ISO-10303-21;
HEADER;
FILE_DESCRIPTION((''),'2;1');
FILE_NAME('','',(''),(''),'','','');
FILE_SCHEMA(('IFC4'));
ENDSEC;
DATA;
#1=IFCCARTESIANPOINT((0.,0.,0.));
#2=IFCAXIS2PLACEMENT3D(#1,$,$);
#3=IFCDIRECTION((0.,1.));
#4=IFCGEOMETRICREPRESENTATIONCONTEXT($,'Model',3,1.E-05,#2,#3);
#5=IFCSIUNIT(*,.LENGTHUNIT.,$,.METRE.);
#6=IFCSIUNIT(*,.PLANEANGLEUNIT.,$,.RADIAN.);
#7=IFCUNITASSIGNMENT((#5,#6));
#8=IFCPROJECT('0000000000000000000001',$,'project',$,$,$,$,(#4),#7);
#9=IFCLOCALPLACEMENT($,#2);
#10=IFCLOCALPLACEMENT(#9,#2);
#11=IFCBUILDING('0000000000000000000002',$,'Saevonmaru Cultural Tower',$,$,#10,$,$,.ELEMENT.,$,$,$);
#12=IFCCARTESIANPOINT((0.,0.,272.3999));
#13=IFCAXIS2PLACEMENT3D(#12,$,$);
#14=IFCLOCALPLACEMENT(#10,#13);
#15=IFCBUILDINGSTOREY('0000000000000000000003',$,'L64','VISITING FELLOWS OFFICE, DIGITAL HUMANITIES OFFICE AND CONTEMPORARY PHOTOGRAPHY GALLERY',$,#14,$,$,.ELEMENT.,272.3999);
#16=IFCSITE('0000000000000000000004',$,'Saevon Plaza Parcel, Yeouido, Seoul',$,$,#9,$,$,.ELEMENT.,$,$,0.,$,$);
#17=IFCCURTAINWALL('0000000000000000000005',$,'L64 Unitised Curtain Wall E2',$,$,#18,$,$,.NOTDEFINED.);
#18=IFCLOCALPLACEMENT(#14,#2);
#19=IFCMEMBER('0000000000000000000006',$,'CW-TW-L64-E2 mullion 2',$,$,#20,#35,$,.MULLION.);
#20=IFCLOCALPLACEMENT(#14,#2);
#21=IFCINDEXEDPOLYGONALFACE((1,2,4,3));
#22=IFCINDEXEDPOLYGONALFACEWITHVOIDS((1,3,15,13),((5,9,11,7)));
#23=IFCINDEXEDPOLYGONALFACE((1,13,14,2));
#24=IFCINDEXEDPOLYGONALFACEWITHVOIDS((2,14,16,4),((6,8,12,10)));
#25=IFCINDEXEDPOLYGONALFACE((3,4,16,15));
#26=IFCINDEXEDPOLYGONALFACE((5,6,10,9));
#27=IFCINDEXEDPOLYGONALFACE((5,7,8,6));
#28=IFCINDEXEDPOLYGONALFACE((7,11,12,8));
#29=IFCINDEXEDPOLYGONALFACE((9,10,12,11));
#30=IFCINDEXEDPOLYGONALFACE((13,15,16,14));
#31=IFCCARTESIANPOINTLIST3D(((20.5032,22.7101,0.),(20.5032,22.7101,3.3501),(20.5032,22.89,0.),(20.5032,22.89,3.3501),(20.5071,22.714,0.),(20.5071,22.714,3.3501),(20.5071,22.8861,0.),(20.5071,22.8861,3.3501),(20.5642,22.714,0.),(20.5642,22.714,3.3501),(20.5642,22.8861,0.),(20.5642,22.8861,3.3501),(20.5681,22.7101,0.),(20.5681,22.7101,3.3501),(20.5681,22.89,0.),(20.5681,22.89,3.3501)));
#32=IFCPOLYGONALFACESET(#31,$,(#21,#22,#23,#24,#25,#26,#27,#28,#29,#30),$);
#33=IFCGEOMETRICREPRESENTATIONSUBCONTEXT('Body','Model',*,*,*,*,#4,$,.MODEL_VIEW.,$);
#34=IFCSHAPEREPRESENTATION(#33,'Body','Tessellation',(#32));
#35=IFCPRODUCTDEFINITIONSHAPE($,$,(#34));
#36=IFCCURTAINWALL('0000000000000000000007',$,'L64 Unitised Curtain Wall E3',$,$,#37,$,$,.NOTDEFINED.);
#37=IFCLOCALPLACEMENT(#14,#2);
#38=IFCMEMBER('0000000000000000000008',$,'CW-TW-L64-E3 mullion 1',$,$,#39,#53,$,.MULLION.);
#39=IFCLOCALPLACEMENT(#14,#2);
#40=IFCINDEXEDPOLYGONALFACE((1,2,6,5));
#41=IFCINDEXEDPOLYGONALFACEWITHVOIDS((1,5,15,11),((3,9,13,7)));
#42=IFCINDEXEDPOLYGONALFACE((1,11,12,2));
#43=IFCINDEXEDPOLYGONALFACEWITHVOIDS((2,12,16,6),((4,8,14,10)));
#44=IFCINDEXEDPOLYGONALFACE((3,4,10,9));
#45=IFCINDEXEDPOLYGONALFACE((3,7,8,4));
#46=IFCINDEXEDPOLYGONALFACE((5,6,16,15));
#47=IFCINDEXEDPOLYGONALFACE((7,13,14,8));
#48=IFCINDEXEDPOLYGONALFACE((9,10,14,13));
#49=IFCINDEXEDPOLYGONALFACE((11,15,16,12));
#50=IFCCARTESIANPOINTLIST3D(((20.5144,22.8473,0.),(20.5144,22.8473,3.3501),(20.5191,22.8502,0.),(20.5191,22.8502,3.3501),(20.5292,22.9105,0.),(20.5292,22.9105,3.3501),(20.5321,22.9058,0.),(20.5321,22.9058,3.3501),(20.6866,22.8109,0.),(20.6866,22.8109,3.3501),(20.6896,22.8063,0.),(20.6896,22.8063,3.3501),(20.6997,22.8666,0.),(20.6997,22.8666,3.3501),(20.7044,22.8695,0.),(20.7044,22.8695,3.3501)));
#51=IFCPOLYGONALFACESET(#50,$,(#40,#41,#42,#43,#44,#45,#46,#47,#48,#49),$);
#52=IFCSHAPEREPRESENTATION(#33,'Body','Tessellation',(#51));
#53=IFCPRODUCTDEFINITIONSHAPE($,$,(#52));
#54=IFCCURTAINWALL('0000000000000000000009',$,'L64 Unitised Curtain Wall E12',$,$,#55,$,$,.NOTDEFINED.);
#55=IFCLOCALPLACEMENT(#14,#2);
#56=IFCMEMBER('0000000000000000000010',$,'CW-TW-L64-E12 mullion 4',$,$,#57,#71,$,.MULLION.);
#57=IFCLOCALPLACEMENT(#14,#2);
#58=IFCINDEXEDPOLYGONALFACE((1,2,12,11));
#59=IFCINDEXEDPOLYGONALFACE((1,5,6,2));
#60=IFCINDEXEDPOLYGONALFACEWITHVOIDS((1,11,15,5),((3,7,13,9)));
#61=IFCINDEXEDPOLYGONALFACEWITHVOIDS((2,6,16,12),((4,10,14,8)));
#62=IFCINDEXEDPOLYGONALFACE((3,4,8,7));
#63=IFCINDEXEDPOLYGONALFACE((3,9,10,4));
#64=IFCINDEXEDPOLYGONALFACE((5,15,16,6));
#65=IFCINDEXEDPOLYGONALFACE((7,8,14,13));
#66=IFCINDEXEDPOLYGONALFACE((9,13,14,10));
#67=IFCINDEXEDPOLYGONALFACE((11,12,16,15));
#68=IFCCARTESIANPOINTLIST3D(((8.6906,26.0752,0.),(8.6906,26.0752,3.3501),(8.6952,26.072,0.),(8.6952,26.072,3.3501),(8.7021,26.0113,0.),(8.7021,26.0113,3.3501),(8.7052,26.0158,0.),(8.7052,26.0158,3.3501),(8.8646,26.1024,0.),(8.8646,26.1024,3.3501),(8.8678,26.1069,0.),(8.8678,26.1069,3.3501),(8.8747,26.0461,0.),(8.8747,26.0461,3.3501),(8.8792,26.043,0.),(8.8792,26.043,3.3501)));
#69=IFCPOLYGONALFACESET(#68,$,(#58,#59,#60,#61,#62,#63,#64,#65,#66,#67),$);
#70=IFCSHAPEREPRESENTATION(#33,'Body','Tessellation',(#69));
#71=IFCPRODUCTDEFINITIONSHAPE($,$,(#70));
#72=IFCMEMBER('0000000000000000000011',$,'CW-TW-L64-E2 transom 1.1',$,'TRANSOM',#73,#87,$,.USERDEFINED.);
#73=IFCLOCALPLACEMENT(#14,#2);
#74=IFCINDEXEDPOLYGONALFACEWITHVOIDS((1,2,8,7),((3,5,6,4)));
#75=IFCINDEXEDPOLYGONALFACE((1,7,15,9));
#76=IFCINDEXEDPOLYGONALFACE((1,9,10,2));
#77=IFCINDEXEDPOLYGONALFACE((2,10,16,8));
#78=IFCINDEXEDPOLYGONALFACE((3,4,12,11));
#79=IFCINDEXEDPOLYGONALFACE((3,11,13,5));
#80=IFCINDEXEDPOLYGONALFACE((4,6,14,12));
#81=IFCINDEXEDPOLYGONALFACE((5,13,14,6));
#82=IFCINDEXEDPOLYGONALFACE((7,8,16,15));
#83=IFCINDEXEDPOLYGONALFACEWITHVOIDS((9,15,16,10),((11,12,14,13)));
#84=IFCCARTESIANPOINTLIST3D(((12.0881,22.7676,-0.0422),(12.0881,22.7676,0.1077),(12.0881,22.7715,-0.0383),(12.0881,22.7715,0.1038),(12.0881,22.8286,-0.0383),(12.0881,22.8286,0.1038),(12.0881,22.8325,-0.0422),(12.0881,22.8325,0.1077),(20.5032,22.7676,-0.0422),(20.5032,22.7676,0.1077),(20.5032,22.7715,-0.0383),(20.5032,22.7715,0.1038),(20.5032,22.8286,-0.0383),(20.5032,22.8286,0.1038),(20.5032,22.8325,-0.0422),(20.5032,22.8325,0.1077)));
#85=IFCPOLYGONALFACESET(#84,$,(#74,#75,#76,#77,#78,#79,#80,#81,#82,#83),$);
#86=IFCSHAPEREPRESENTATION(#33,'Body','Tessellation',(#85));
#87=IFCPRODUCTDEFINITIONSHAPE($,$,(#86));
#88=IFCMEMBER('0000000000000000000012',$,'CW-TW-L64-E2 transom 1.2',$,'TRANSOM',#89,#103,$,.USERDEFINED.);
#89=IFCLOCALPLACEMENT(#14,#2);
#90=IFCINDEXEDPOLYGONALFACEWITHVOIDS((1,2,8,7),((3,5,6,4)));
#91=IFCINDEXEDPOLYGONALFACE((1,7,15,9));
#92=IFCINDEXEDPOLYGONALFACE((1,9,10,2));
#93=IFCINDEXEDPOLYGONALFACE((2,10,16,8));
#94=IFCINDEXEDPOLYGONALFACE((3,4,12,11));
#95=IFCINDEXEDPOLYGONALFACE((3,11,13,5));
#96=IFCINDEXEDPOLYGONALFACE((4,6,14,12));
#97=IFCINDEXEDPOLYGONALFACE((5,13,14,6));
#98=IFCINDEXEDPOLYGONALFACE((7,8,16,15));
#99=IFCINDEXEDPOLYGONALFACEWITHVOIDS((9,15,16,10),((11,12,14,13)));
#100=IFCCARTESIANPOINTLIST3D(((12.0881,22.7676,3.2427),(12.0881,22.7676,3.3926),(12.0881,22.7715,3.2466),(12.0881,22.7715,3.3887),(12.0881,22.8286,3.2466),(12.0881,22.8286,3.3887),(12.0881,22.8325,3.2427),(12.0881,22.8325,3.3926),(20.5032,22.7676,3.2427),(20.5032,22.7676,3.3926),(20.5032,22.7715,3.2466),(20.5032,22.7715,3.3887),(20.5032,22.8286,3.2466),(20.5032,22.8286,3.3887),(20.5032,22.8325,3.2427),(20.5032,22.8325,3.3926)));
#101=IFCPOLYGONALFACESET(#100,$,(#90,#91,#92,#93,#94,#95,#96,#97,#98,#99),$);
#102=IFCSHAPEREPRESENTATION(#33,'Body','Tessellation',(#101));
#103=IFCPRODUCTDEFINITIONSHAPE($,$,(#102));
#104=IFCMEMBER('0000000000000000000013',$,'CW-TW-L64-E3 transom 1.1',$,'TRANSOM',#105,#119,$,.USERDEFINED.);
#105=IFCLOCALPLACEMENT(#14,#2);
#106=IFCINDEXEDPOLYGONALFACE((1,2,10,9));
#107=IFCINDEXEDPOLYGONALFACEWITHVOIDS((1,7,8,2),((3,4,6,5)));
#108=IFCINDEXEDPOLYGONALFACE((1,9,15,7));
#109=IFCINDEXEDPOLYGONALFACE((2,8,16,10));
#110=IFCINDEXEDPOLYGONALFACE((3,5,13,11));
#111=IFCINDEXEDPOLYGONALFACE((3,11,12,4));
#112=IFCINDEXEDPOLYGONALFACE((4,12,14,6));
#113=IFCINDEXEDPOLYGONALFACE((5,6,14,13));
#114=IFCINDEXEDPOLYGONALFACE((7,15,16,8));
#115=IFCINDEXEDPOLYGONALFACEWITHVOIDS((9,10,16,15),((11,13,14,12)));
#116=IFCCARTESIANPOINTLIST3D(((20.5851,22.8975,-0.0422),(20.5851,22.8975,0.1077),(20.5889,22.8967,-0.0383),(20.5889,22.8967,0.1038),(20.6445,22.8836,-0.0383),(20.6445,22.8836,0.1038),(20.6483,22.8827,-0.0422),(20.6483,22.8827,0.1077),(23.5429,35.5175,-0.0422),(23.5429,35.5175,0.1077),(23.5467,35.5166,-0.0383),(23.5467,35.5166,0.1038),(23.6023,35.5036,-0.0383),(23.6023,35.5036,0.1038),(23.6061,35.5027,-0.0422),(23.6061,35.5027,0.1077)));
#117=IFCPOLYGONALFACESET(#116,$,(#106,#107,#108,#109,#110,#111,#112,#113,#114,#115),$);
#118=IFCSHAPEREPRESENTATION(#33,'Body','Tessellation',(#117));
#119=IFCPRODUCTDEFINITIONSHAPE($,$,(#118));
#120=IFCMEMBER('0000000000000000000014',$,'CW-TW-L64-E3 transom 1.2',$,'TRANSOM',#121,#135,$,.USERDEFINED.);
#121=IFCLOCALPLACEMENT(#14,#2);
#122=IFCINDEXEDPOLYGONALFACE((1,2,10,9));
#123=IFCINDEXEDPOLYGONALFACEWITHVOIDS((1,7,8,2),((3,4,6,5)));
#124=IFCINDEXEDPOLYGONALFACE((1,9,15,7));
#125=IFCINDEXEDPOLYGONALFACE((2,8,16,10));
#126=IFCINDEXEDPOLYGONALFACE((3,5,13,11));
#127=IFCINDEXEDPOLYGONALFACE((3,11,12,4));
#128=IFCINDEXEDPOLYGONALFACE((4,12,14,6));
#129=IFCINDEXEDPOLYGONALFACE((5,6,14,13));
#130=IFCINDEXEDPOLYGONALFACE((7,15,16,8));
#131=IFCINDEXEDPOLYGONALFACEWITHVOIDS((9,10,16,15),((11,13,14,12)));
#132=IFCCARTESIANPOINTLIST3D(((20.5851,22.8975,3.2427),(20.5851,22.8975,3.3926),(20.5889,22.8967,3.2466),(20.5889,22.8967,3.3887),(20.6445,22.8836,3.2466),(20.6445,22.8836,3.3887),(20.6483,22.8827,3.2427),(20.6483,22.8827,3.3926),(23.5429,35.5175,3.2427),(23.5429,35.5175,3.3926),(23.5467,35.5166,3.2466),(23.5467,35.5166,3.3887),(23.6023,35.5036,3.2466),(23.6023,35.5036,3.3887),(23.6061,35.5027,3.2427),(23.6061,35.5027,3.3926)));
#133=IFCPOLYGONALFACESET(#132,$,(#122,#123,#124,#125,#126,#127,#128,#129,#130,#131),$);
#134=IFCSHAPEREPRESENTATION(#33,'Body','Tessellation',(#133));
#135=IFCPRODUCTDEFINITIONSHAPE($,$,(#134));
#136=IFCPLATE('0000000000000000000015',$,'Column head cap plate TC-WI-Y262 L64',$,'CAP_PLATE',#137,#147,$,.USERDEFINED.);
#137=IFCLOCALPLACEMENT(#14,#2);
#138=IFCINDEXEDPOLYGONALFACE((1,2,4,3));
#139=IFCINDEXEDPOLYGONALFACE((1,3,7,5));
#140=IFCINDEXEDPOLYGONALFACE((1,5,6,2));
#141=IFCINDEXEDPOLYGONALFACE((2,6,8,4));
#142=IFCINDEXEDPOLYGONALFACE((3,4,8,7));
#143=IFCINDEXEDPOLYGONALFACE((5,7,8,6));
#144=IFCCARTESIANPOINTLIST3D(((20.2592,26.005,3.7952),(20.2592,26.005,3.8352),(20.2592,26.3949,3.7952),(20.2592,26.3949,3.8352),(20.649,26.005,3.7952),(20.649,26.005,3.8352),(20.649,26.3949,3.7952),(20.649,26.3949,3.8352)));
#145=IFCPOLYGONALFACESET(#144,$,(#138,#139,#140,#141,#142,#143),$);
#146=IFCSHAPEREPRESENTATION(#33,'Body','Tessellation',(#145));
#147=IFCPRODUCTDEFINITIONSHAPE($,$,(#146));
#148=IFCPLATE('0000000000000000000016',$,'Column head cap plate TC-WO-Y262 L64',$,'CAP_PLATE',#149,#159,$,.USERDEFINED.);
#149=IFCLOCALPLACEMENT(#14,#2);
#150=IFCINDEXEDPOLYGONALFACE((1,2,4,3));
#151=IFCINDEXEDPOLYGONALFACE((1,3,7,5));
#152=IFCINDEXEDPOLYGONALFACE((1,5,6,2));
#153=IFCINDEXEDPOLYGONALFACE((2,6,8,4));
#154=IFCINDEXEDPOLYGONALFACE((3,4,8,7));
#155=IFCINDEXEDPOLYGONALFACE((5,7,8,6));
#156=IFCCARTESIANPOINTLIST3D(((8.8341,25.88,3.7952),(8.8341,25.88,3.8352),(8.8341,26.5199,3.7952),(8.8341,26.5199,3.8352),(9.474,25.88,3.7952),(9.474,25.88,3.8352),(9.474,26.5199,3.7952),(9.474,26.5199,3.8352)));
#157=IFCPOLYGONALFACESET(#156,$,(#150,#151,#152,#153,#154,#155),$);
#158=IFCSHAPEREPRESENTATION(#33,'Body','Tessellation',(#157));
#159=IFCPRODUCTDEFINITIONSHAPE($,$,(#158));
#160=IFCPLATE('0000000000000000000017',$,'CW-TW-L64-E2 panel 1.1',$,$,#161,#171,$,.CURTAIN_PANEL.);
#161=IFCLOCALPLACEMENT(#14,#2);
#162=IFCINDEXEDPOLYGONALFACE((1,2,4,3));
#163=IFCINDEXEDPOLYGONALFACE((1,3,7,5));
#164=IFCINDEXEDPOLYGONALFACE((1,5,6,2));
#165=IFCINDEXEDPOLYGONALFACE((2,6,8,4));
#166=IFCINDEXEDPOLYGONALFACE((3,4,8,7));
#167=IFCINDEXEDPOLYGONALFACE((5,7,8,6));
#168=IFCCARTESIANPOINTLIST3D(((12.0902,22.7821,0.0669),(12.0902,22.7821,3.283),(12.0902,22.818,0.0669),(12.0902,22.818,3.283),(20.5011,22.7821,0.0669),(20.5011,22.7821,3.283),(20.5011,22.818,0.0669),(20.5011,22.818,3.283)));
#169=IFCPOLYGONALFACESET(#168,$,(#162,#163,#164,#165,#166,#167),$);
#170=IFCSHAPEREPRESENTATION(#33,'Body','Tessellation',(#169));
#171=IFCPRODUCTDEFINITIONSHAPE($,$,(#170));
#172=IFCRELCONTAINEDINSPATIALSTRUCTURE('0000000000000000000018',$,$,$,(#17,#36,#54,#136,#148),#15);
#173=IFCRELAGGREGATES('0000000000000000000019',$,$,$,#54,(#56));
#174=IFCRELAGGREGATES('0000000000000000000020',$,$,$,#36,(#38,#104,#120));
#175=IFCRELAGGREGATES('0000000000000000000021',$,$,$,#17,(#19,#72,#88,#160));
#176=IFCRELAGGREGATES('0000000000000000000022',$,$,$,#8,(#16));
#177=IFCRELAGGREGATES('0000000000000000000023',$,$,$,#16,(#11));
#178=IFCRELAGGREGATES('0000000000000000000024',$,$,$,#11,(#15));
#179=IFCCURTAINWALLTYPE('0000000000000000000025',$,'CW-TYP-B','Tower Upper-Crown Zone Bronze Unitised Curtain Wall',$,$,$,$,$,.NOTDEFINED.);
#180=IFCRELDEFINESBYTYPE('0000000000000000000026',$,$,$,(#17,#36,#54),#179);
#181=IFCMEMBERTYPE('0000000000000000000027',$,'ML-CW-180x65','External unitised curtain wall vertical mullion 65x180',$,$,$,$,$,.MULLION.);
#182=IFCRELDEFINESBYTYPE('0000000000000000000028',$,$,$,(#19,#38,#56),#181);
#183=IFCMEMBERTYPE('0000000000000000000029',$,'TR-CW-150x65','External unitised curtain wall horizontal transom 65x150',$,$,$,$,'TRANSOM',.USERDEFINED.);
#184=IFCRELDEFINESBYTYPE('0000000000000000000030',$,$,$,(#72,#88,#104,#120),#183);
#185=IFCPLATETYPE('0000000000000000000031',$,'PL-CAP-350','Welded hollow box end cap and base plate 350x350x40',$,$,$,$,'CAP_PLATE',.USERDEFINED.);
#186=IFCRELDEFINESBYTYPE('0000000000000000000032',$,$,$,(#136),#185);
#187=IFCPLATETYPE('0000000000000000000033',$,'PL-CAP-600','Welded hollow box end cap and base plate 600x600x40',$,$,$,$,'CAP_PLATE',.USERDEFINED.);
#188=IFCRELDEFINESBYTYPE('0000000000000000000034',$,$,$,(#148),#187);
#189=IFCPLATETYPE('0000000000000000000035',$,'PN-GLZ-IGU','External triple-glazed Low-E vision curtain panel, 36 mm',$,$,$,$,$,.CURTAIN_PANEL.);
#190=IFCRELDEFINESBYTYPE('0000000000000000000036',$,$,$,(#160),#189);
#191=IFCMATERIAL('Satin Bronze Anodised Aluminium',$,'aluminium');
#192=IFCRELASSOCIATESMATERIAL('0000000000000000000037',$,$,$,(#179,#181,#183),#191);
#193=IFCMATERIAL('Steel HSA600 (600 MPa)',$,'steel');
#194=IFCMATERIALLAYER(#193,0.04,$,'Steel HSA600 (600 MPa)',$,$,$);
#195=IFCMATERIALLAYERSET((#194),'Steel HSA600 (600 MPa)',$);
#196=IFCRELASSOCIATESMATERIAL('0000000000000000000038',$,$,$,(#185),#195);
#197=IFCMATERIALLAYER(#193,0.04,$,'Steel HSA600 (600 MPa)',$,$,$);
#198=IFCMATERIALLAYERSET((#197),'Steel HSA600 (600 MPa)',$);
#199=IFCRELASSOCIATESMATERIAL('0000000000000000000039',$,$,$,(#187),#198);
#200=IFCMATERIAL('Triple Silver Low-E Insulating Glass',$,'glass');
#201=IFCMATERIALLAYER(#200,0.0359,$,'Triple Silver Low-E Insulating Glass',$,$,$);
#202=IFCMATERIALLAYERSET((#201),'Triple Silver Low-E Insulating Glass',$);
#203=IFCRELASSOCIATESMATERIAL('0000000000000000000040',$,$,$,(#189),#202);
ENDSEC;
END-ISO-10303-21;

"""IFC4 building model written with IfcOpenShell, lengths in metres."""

from ifc_helpers import new_model, si_unit, direction, frame, origin, origin_2d, place, context, subcontext, project, spatial, rectangle, hollow_rectangle, extrude, material, layer, layer_set, material_profile, profile_set, type_object, element, aggregate, save


model = new_model("IFC4")

# Units and contexts
model_context = context("Model", 3, precision=1e-05, world=origin(), true_north=direction((0.0, 1.0)))
body_context = subcontext(model_context, "Body", "Model", "MODEL_VIEW")
ifc_project = project(units=[si_unit("LENGTHUNIT", "METRE"), si_unit("PLANEANGLEUNIT", "RADIAN")], contexts=[model_context])

# Site, building, storey
site_placement = place(None, origin())
site = spatial("IfcSite", under=ifc_project, at=site_placement, Name="Saevon Plaza Parcel, Yeouido, Seoul", CompositionType="ELEMENT", RefElevation=0.0)
building_placement = place(site_placement, origin())
building = spatial("IfcBuilding", under=site, at=building_placement, Name="Saevonmaru Cultural Tower", CompositionType="ELEMENT")
storey_placement = place(building_placement, frame((0.0, 0.0, 272.3999)))
storey = spatial("IfcBuildingStorey", under=building, at=storey_placement, Name="L64", Description="VISITING FELLOWS OFFICE, DIGITAL HUMANITIES OFFICE AND CONTEMPORARY PHOTOGRAPHY GALLERY", CompositionType="ELEMENT", Elevation=272.3999)

# Shared definitions
ifc_material_1 = material(Name="Steel HSA600 (600 MPa)", Category="steel")

# Curtain wall, member
ifc_material_2 = material(Name="Satin Bronze Anodised Aluminium", Category="aluminium")
curtain_wall_type = type_object("IfcCurtainWallType", Name="CW-TYP-B", Description="Tower Upper-Crown Zone Bronze Unitised Curtain Wall", PredefinedType="NOTDEFINED", material=ifc_material_2)
curtain_wall_1_placement = place(storey_placement, origin())
curtain_wall_1 = element("IfcCurtainWall", 1, at=curtain_wall_1_placement, inside=storey, type_object=curtain_wall_type, Name="L64 Unitised Curtain Wall E2", PredefinedType="NOTDEFINED")
ifc_material_profile_1 = material_profile(ifc_material_2, hollow_rectangle(XDim=0.0649, YDim=0.1799, WallThickness=0.0039, at=origin_2d()), Name="ALU-MULL-180x65x4")
ifc_profile_set_1 = profile_set([ifc_material_profile_1], Name="Satin Bronze Anodised Aluminium")
member_type_1 = type_object("IfcMemberType", Name="ML-CW-180x65", Description="External unitised curtain wall vertical mullion 65x180", PredefinedType="MULLION", material=ifc_profile_set_1)
member_1_placement = place(storey_placement, frame((20.5356, 22.8, 0.0), z_axis=(0.0, 0.0, 1.0), x_axis=(1.0, 0.0, 0.0)))
member_1 = element("IfcMember", 2, at=member_1_placement, type_object=member_type_1, Name="CW-TW-L64-E2 mullion 2", PredefinedType="MULLION", context=body_context, shape_type="SweptSolid", body=[
    extrude(hollow_rectangle(XDim=0.0649, YDim=0.1799, WallThickness=0.0039, at=origin_2d()), origin(), (0.0, 0.0, 1.0), 3.3501),
])

# Curtain walls, members
curtain_wall_2_placement = place(storey_placement, origin())
curtain_wall_2 = element("IfcCurtainWall", 3, at=curtain_wall_2_placement, inside=storey, type_object=curtain_wall_type, Name="L64 Unitised Curtain Wall E3", PredefinedType="NOTDEFINED")
member_2_placement = place(storey_placement, frame((20.6094, 22.8584, 0.0), z_axis=(0.0, 0.0, 1.0), x_axis=(0.22819, 0.973617, 0.0)))
member_2 = element("IfcMember", 4, at=member_2_placement, type_object=member_type_1, Name="CW-TW-L64-E3 mullion 1", PredefinedType="MULLION", context=body_context, shape_type="SweptSolid", body=[
    extrude(hollow_rectangle(XDim=0.0649, YDim=0.1799, WallThickness=0.0039, at=origin_2d()), origin(), (0.0, 0.0, 1.0), 3.3501),
])
curtain_wall_3_placement = place(storey_placement, origin())
curtain_wall_3 = element("IfcCurtainWall", 5, at=curtain_wall_3_placement, inside=storey, type_object=curtain_wall_type, Name="L64 Unitised Curtain Wall E12", PredefinedType="NOTDEFINED")
member_3_placement = place(storey_placement, frame((8.7849, 26.0591, 0.0), z_axis=(0.0, 0.0, 1.0), x_axis=(0.176141, -0.984365, 0.0)))
member_3 = element("IfcMember", 6, at=member_3_placement, type_object=member_type_1, Name="CW-TW-L64-E12 mullion 4", PredefinedType="MULLION", context=body_context, shape_type="SweptSolid", body=[
    extrude(hollow_rectangle(XDim=0.0649, YDim=0.1799, WallThickness=0.0039, at=origin_2d()), origin(), (0.0, 0.0, 1.0), 3.3501),
])
aggregate(curtain_wall_3, [member_3])

# Members
ifc_material_profile_2 = material_profile(ifc_material_2, hollow_rectangle(XDim=0.0649, YDim=0.1499, WallThickness=0.0039, at=origin_2d()), Name="ALU-TRAN-150x65x4")
ifc_profile_set_2 = profile_set([ifc_material_profile_2], Name="Satin Bronze Anodised Aluminium")
member_type_2 = type_object("IfcMemberType", Name="TR-CW-150x65", Description="External unitised curtain wall horizontal transom 65x150", ElementType="TRANSOM", PredefinedType="USERDEFINED", material=ifc_profile_set_2)
member_4_placement = place(storey_placement, frame((12.0881, 22.8, 0.0327), z_axis=(1.0, 0.0, 0.0), x_axis=(0.0, 1.0, 0.0)))
member_4 = element("IfcMember", 7, at=member_4_placement, type_object=member_type_2, Name="CW-TW-L64-E2 transom 1.1", ObjectType="TRANSOM", PredefinedType="USERDEFINED", context=body_context, shape_type="SweptSolid", body=[
    extrude(hollow_rectangle(XDim=0.0649, YDim=0.1499, WallThickness=0.0039, at=origin_2d()), origin(), (0.0, 0.0, 1.0), 8.415),
])
member_5_placement = place(storey_placement, frame((12.0881, 22.8, 3.3176), z_axis=(1.0, 0.0, 0.0), x_axis=(0.0, 1.0, 0.0)))
member_5 = element("IfcMember", 8, at=member_5_placement, type_object=member_type_2, Name="CW-TW-L64-E2 transom 1.2", ObjectType="TRANSOM", PredefinedType="USERDEFINED", context=body_context, shape_type="SweptSolid", body=[
    extrude(hollow_rectangle(XDim=0.0649, YDim=0.1499, WallThickness=0.0039, at=origin_2d()), origin(), (0.0, 0.0, 1.0), 8.415),
])
member_6_placement = place(storey_placement, frame((20.6167, 22.8901, 0.0327), z_axis=(0.22819, 0.973617, 0.0), x_axis=(-0.973617, 0.22819, 0.0)))
member_6 = element("IfcMember", 9, at=member_6_placement, type_object=member_type_2, Name="CW-TW-L64-E3 transom 1.1", ObjectType="TRANSOM", PredefinedType="USERDEFINED", context=body_context, shape_type="SweptSolid", body=[
    extrude(hollow_rectangle(XDim=0.0649, YDim=0.1499, WallThickness=0.0039, at=origin_2d()), origin(), (0.0, 0.0, 1.0), 12.9619),
])
member_7_placement = place(storey_placement, frame((20.6167, 22.8901, 3.3176), z_axis=(0.22819, 0.973617, 0.0), x_axis=(-0.973617, 0.22819, 0.0)))
member_7 = element("IfcMember", 10, at=member_7_placement, type_object=member_type_2, Name="CW-TW-L64-E3 transom 1.2", ObjectType="TRANSOM", PredefinedType="USERDEFINED", context=body_context, shape_type="SweptSolid", body=[
    extrude(hollow_rectangle(XDim=0.0649, YDim=0.1499, WallThickness=0.0039, at=origin_2d()), origin(), (0.0, 0.0, 1.0), 12.9619),
])
aggregate(curtain_wall_2, [member_2, member_6, member_7])

# Plates
ifc_layer_1 = layer(ifc_material_1, 0.04, Name="Steel HSA600 (600 MPa)")
ifc_layer_set_1 = layer_set([ifc_layer_1], Name="Steel HSA600 (600 MPa)")
plate_type_1 = type_object("IfcPlateType", Name="PL-CAP-350", Description="Welded hollow box end cap and base plate 350x350x40", ElementType="CAP_PLATE", PredefinedType="USERDEFINED", material=ifc_layer_set_1)
plate_1_placement = place(storey_placement, frame((20.4541, 26.2, 3.7952), z_axis=(0.0, 0.0, 1.0), x_axis=(1.0, 0.0, 0.0)))
element("IfcPlate", 11, at=plate_1_placement, inside=storey, type_object=plate_type_1, Name="Column head cap plate TC-WI-Y262 L64", ObjectType="CAP_PLATE", PredefinedType="USERDEFINED", context=body_context, shape_type="SweptSolid", body=[
    extrude(rectangle(XDim=0.3899, YDim=0.3899, at=origin_2d()), origin(), (0.0, 0.0, 1.0), 0.04),
])
ifc_layer_2 = layer(ifc_material_1, 0.04, Name="Steel HSA600 (600 MPa)")
ifc_layer_set_2 = layer_set([ifc_layer_2], Name="Steel HSA600 (600 MPa)")
plate_type_2 = type_object("IfcPlateType", Name="PL-CAP-600", Description="Welded hollow box end cap and base plate 600x600x40", ElementType="CAP_PLATE", PredefinedType="USERDEFINED", material=ifc_layer_set_2)
plate_2_placement = place(storey_placement, frame((9.1541, 26.2, 3.7952), z_axis=(0.0, 0.0, 1.0), x_axis=(1.0, 0.0, 0.0)))
element("IfcPlate", 12, at=plate_2_placement, inside=storey, type_object=plate_type_2, Name="Column head cap plate TC-WO-Y262 L64", ObjectType="CAP_PLATE", PredefinedType="USERDEFINED", context=body_context, shape_type="SweptSolid", body=[
    extrude(rectangle(XDim=0.6399, YDim=0.6399, at=origin_2d()), origin(), (0.0, 0.0, 1.0), 0.04),
])

# Plate
ifc_material_3 = material(Name="Triple Silver Low-E Insulating Glass", Category="glass")
ifc_layer_3 = layer(ifc_material_3, 0.0359, Name="Triple Silver Low-E Insulating Glass")
ifc_layer_set_3 = layer_set([ifc_layer_3], Name="Triple Silver Low-E Insulating Glass")
plate_type_3 = type_object("IfcPlateType", Name="PN-GLZ-IGU", Description="External triple-glazed Low-E vision curtain panel, 36 mm", PredefinedType="CURTAIN_PANEL", material=ifc_layer_set_3)
plate_3_placement = place(storey_placement, frame((16.2957, 22.8, 0.0669), z_axis=(0.0, 0.0, 1.0), x_axis=(1.0, 0.0, 0.0)))
plate_3 = element("IfcPlate", 13, at=plate_3_placement, type_object=plate_type_3, Name="CW-TW-L64-E2 panel 1.1", PredefinedType="CURTAIN_PANEL", context=body_context, shape_type="SweptSolid", body=[
    extrude(rectangle(XDim=8.4109, YDim=0.0359, at=origin_2d()), origin(), (0.0, 0.0, 1.0), 3.2161),
])
aggregate(curtain_wall_1, [member_1, member_4, member_5, plate_3])

save(model, "model.ifc")
